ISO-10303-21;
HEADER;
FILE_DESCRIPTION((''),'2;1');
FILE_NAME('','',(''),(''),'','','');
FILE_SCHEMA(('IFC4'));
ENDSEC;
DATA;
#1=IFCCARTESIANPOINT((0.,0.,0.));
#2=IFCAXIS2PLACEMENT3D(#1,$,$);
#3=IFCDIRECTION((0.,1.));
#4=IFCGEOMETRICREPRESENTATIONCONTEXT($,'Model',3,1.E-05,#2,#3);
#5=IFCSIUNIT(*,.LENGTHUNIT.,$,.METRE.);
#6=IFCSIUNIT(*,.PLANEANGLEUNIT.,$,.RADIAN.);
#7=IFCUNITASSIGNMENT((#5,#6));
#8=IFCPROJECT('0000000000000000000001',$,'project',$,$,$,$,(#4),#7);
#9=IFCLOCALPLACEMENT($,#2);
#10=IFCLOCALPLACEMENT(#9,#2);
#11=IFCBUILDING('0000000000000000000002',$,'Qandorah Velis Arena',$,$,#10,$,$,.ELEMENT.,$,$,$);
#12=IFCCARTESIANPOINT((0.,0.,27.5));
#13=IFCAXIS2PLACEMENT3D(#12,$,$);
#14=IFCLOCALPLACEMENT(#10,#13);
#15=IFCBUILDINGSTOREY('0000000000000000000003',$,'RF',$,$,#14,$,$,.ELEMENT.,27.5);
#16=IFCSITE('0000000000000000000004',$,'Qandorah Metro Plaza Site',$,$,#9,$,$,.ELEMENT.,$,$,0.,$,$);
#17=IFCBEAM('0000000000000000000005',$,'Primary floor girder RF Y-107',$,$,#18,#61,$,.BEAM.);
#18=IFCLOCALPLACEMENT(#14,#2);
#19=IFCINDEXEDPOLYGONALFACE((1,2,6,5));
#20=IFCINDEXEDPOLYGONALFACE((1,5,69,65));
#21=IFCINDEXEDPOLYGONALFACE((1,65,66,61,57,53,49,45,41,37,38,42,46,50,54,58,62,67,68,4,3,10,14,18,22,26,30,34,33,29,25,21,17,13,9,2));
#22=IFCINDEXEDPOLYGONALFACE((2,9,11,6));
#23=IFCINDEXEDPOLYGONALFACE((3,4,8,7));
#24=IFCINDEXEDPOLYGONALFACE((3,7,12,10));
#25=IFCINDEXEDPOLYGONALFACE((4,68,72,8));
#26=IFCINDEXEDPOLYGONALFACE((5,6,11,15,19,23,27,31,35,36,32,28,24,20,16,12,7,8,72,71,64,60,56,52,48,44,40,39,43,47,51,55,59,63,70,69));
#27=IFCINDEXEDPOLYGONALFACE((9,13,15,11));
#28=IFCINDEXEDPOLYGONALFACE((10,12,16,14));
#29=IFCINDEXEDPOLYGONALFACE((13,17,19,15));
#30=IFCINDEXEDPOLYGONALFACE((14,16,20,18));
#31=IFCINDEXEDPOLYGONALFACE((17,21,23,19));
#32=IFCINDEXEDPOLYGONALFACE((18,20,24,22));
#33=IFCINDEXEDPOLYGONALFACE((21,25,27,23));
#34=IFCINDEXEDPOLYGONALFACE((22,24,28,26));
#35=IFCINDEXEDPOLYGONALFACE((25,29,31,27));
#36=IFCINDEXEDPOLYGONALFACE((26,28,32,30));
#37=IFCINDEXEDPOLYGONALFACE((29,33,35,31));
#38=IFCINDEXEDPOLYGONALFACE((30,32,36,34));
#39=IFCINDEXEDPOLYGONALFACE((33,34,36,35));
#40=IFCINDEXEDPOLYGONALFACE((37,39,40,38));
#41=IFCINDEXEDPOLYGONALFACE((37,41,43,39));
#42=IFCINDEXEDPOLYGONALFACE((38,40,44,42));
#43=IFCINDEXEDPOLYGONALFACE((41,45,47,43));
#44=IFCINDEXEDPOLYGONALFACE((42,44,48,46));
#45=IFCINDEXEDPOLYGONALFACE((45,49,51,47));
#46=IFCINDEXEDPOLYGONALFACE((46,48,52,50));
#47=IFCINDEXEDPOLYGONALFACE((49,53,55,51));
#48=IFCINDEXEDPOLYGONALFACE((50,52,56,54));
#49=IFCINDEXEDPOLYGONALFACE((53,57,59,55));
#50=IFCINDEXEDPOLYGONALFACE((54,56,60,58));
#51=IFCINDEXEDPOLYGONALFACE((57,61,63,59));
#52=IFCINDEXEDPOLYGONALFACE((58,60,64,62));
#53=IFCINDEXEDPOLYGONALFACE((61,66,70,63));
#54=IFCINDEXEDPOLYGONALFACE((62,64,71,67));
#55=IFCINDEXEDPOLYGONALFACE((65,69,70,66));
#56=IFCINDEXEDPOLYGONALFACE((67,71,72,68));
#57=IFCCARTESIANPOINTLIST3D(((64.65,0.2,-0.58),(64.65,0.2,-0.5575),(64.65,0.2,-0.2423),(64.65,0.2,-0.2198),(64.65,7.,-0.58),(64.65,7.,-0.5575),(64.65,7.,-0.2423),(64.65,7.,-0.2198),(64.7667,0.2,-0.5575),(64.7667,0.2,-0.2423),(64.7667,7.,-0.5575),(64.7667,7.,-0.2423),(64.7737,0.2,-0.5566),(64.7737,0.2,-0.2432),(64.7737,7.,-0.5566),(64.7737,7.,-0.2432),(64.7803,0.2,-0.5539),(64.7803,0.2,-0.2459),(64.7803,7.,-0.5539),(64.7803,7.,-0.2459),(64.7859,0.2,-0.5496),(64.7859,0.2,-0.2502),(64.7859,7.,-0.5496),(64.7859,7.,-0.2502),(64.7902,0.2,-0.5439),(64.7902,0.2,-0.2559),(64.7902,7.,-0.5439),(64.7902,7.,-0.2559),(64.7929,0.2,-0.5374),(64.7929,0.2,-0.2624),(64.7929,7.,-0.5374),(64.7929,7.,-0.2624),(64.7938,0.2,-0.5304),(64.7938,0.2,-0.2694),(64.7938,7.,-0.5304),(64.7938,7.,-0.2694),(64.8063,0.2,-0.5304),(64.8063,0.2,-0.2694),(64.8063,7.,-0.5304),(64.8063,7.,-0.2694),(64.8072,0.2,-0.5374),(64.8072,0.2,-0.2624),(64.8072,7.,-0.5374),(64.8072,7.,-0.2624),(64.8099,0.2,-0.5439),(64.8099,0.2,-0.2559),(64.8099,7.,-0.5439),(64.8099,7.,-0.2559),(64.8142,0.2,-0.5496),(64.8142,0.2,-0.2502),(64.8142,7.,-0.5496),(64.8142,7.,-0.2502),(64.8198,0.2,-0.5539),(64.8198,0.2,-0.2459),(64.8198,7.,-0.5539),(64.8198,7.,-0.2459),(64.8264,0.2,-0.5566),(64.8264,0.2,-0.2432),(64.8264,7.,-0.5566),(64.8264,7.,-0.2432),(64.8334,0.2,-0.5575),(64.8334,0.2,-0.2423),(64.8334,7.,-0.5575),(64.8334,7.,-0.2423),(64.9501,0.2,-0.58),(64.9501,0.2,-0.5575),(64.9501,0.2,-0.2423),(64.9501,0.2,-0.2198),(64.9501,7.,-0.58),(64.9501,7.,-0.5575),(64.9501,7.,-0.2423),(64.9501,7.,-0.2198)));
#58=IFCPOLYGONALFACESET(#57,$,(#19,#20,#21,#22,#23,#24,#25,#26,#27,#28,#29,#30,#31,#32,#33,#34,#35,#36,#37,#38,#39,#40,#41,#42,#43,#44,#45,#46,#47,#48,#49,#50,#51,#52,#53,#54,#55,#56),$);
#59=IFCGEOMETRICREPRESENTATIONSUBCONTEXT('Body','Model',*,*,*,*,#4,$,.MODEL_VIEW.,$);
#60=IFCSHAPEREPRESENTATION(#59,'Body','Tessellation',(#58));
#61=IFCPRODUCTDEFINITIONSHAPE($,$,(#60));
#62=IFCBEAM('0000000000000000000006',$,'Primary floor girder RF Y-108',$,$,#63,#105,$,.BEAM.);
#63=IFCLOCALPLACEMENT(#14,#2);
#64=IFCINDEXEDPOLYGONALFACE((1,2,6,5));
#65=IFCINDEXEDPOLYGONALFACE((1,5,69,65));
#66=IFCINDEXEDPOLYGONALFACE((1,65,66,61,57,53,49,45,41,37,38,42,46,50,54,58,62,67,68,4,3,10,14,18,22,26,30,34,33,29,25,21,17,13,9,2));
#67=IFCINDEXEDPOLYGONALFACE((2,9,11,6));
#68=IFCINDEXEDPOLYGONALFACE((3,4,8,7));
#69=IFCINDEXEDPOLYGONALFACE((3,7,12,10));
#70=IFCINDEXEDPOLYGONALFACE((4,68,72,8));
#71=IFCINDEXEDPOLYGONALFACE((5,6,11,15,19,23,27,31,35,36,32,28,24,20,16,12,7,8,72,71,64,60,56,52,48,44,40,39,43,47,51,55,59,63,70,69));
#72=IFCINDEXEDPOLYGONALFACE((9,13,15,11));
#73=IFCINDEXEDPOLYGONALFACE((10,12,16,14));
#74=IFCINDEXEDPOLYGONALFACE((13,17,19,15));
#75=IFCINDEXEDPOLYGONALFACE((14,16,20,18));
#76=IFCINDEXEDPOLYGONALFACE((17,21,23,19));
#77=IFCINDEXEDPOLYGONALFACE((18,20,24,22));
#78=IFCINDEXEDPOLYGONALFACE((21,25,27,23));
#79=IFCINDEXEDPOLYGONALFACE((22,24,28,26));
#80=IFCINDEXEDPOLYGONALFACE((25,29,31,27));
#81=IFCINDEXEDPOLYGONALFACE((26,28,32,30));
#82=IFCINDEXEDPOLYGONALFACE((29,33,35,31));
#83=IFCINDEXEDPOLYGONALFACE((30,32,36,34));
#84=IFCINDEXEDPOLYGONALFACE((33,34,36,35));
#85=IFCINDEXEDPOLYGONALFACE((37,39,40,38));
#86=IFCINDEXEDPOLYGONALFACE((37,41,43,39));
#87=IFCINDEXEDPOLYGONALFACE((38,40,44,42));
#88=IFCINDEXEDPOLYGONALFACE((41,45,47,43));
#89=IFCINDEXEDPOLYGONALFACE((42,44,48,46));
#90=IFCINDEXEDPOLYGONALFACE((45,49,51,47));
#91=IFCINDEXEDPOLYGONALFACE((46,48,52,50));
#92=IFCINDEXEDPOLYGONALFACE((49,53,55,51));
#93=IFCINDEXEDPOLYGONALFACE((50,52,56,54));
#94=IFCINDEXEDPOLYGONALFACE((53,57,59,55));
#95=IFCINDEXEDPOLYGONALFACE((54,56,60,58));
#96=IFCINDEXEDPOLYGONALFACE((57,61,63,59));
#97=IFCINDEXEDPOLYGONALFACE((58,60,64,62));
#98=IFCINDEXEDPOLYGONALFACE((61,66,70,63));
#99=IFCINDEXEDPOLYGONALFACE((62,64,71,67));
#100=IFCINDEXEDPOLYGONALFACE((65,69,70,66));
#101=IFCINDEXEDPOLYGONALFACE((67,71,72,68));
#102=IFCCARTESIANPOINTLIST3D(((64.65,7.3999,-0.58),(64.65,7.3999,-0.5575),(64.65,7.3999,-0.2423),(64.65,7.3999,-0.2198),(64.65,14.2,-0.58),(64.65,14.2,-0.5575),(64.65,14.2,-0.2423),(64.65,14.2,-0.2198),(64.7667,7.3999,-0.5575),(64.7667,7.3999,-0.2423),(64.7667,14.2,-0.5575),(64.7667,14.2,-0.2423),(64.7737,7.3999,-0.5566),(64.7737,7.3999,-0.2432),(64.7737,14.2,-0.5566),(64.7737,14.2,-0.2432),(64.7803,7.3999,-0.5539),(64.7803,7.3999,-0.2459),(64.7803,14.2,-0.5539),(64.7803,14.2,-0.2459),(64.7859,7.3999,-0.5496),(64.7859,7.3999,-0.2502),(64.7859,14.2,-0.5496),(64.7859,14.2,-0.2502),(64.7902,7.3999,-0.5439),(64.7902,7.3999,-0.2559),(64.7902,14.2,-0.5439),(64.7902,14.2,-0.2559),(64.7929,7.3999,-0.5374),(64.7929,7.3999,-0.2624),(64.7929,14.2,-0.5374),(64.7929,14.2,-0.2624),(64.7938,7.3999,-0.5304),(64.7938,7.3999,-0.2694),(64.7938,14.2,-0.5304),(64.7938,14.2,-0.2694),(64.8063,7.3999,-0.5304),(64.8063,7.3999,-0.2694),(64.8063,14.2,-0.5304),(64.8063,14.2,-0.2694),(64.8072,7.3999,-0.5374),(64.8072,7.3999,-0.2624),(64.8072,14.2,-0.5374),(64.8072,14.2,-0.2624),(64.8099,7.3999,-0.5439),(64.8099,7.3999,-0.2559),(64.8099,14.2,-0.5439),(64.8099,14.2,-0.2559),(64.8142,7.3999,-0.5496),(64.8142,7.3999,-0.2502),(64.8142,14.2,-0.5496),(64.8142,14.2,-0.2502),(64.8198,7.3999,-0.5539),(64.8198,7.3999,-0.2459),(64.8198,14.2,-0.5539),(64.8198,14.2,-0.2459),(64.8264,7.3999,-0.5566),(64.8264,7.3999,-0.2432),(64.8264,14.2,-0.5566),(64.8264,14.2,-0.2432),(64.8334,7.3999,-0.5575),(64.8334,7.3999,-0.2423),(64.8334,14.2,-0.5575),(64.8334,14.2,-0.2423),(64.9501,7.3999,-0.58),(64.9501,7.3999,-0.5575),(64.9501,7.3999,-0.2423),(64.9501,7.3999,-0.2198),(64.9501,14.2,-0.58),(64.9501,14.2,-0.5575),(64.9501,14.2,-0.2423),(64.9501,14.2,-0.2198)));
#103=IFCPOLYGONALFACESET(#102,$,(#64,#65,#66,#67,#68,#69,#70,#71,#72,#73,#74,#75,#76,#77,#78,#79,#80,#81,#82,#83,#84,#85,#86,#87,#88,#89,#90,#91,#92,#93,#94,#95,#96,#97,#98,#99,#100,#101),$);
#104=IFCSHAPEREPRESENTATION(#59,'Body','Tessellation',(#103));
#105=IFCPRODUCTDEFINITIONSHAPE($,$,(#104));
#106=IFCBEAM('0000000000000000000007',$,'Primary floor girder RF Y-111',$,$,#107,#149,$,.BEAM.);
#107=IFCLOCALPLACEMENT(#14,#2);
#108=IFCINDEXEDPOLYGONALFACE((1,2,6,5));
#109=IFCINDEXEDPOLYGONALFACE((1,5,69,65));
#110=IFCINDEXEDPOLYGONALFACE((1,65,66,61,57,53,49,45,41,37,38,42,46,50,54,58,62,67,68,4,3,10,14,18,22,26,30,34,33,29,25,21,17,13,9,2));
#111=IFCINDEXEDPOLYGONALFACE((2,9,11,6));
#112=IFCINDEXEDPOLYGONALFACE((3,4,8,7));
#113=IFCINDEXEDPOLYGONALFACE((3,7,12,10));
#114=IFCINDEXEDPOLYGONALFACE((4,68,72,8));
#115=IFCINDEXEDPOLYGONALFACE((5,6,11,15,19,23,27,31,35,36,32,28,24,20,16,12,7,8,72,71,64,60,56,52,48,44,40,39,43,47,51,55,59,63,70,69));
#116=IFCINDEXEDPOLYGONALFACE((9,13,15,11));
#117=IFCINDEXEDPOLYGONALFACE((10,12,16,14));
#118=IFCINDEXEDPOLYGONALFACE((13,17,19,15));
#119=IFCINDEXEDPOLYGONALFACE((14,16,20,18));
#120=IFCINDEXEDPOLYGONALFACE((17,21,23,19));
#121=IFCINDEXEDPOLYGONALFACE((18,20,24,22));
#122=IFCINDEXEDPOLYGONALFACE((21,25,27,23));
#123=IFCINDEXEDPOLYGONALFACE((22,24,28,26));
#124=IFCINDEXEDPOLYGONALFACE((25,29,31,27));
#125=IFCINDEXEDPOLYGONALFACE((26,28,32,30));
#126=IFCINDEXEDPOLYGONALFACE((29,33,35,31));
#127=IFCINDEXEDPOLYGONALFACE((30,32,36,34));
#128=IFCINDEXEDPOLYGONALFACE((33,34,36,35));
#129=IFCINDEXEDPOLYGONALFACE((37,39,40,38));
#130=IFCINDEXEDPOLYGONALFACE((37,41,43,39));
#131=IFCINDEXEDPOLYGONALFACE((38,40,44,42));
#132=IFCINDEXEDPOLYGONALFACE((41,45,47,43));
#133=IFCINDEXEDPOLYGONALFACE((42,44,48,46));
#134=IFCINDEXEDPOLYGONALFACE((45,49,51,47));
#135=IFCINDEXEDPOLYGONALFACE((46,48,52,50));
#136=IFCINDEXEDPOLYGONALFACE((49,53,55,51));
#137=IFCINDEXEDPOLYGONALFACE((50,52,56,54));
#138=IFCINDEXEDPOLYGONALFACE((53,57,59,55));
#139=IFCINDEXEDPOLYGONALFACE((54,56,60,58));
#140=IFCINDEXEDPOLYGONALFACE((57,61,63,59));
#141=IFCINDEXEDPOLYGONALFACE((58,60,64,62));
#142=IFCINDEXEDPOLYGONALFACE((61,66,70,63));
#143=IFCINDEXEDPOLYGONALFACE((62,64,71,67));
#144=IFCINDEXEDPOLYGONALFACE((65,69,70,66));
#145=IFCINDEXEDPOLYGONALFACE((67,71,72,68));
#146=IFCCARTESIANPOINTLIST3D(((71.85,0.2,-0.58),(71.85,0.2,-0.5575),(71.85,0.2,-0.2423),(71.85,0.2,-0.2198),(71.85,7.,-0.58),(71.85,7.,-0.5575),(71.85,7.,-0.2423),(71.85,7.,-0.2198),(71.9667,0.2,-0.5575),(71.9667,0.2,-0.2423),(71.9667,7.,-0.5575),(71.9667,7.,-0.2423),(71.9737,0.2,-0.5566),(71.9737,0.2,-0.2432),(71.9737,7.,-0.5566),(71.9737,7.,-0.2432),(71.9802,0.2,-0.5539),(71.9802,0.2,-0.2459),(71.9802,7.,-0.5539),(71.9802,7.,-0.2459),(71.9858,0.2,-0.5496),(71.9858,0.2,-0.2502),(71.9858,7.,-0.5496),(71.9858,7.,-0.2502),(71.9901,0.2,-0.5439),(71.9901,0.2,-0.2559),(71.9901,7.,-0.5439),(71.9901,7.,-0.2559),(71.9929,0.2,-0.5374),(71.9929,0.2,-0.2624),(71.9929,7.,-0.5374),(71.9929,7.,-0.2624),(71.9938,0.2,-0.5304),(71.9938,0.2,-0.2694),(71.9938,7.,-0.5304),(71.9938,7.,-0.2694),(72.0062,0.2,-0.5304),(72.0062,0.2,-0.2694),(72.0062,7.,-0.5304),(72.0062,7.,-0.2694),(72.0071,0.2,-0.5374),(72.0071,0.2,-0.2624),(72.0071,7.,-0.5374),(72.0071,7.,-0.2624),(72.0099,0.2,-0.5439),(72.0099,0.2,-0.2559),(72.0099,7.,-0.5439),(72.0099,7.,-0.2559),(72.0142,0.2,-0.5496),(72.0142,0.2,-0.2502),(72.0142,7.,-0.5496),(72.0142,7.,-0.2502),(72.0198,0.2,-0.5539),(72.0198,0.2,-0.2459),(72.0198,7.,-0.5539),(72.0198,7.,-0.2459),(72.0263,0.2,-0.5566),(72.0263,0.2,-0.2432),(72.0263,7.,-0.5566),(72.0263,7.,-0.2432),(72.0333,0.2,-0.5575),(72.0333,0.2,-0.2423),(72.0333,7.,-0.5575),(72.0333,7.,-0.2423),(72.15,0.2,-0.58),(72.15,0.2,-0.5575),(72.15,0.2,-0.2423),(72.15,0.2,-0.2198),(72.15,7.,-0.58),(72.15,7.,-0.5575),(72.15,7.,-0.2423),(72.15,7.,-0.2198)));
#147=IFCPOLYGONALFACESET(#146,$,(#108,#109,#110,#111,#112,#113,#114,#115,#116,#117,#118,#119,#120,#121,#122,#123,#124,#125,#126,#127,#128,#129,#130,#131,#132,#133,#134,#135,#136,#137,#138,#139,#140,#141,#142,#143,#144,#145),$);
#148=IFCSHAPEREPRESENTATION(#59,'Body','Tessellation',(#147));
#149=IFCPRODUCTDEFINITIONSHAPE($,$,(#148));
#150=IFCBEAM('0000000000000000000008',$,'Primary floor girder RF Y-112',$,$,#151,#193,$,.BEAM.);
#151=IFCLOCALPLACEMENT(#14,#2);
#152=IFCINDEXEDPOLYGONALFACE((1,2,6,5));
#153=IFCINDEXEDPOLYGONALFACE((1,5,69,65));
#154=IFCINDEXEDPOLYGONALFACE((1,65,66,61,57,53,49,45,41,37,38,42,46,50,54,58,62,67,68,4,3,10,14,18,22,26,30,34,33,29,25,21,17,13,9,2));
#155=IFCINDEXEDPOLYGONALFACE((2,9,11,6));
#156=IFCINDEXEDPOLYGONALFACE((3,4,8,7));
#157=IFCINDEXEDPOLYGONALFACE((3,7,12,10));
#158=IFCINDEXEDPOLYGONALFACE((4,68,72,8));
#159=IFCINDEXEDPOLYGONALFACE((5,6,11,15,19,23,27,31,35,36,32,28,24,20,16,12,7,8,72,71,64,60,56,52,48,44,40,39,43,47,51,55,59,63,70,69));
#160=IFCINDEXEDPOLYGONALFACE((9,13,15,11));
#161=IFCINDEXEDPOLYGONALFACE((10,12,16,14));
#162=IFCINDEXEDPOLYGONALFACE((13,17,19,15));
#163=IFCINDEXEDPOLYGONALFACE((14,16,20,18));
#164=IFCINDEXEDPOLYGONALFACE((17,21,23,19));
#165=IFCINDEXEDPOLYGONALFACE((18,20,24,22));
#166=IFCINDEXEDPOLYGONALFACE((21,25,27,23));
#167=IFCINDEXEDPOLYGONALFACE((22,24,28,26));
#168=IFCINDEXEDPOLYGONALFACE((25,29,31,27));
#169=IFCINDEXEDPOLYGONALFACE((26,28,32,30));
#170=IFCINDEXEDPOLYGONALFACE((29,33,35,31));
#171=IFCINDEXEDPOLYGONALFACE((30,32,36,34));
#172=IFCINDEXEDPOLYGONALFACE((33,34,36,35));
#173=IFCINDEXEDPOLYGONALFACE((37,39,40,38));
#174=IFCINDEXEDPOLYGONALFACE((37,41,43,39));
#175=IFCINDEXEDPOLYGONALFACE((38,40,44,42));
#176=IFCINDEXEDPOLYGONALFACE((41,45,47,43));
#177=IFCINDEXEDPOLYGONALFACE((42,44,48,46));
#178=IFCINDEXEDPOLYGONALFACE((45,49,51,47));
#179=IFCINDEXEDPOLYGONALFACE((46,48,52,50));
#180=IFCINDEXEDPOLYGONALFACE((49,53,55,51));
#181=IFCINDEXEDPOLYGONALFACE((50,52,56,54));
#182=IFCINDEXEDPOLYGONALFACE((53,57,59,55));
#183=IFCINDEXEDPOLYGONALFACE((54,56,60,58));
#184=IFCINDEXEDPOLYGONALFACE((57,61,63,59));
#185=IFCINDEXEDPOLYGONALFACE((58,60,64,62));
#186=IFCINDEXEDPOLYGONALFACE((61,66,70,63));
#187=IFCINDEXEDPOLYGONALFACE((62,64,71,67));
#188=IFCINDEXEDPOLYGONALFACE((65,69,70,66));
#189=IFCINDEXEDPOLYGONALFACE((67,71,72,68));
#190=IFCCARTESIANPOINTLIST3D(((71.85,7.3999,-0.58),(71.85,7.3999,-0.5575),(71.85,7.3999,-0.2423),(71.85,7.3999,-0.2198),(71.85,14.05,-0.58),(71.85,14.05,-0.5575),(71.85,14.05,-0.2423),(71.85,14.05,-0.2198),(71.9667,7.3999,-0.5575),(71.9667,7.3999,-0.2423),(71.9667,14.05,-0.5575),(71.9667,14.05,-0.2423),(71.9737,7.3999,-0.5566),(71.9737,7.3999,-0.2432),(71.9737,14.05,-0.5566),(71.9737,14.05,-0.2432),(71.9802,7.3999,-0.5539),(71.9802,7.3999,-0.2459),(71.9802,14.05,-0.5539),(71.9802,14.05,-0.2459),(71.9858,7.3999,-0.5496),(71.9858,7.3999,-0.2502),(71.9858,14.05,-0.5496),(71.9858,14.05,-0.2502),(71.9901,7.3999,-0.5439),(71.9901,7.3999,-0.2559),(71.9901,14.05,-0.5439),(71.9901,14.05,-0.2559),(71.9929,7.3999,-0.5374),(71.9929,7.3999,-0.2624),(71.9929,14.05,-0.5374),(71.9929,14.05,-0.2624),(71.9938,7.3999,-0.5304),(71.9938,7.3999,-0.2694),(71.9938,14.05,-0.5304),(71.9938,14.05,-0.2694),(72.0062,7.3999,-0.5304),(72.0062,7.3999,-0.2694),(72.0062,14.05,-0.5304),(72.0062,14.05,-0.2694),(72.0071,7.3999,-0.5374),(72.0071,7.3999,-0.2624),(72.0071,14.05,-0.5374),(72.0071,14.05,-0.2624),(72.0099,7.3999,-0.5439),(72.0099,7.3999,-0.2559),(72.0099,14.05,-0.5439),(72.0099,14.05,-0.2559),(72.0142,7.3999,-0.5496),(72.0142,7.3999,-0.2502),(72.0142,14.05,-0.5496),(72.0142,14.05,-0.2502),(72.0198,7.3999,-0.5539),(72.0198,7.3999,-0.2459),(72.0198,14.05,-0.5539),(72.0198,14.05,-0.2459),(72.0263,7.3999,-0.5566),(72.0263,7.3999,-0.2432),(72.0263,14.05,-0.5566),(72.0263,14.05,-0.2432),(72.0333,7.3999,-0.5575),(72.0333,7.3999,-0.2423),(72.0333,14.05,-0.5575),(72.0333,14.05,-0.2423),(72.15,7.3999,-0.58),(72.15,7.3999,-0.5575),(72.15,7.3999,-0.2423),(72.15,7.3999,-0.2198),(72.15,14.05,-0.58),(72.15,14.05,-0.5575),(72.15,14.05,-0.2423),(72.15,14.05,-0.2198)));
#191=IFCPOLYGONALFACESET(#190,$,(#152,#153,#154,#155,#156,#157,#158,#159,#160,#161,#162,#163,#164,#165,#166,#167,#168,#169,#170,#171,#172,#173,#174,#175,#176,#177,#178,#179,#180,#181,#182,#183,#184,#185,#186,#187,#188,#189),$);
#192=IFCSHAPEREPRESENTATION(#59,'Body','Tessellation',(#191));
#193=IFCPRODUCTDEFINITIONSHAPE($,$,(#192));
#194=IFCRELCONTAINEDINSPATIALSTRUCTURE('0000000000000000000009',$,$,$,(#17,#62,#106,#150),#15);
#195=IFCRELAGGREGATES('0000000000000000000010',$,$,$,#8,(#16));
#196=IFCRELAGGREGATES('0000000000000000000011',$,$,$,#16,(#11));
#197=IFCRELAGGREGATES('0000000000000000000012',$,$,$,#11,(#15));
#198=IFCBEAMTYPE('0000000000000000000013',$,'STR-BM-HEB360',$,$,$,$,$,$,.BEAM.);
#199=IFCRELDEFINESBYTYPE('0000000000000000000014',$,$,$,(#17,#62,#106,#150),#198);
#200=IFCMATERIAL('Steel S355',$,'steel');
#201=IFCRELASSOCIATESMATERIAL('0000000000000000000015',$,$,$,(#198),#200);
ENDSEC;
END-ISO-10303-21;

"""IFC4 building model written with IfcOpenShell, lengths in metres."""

from ifc_helpers import new_model, si_unit, direction, frame, origin, origin_2d, place, context, subcontext, project, spatial, i_section, extrude, material, material_profile, profile_set, type_object, element, save


model = new_model("IFC4")

# Units and contexts
model_context = context("Model", 3, precision=1e-05, world=origin(), true_north=direction((0.0, 1.0)))
body_context = subcontext(model_context, "Body", "Model", "MODEL_VIEW")
ifc_project = project(units=[si_unit("LENGTHUNIT", "METRE"), si_unit("PLANEANGLEUNIT", "RADIAN")], contexts=[model_context])

# Site, building, storey
site_placement = place(None, origin())
site = spatial("IfcSite", under=ifc_project, at=site_placement, Name="Qandorah Metro Plaza Site", CompositionType="ELEMENT", RefElevation=0.0)
building_placement = place(site_placement, origin())
building = spatial("IfcBuilding", under=site, at=building_placement, Name="Qandorah Velis Arena", CompositionType="ELEMENT")
storey_placement = place(building_placement, frame((0.0, 0.0, 27.5)))
storey = spatial("IfcBuildingStorey", under=building, at=storey_placement, Name="RF", CompositionType="ELEMENT", Elevation=27.5)

# Beams
ifc_material_1 = material(Name="Steel S355", Category="steel")
ifc_material_profile_1 = material_profile(ifc_material_1, i_section(OverallWidth=0.3, OverallDepth=0.3601, WebThickness=0.0125, FlangeThickness=0.0225, FilletRadius=0.0271, at=origin_2d()), Name="HEB 360")
ifc_profile_set_1 = profile_set([ifc_material_profile_1], Name="Steel S355")
beam_type_1 = type_object("IfcBeamType", Name="STR-BM-HEB360", PredefinedType="BEAM", material=ifc_profile_set_1)
for number, where, z_axis, x_axis, name in (
    (1, (64.8, 0.2, -0.3999), (0.0, 1.0, 0.0), (-1.0, 0.0, 0.0), "Primary floor girder RF Y-107"),
    (2, (64.8, 7.3999, -0.3999), (0.0, 1.0, 0.0), (-1.0, 0.0, 0.0), "Primary floor girder RF Y-108"),
    (3, (72.0, 0.2, -0.3999), (0.0, 1.0, 0.0), (-1.0, 0.0, 0.0), "Primary floor girder RF Y-111"),
):
    element("IfcBeam", number, at=place(storey_placement, frame(where, z_axis=z_axis, x_axis=x_axis)), inside=storey, type_object=beam_type_1, Name=name, PredefinedType="BEAM", context=body_context, shape_type="SweptSolid", body=[
        extrude(i_section(OverallWidth=0.3, OverallDepth=0.3601, WebThickness=0.0125, FlangeThickness=0.0225, FilletRadius=0.0271, at=origin_2d()), origin(), (0.0, 0.0, 1.0), 6.8),
    ])
beam_1_placement = place(storey_placement, frame((72.0, 7.3999, -0.3999), z_axis=(0.0, 1.0, 0.0), x_axis=(-1.0, 0.0, 0.0)))
element("IfcBeam", 4, at=beam_1_placement, inside=storey, type_object=beam_type_1, Name="Primary floor girder RF Y-112", PredefinedType="BEAM", context=body_context, shape_type="SweptSolid", body=[
    extrude(i_section(OverallWidth=0.3, OverallDepth=0.3601, WebThickness=0.0125, FlangeThickness=0.0225, FilletRadius=0.0271, at=origin_2d()), origin(), (0.0, 0.0, 1.0), 6.6501),
])

save(model, "model.ifc")
